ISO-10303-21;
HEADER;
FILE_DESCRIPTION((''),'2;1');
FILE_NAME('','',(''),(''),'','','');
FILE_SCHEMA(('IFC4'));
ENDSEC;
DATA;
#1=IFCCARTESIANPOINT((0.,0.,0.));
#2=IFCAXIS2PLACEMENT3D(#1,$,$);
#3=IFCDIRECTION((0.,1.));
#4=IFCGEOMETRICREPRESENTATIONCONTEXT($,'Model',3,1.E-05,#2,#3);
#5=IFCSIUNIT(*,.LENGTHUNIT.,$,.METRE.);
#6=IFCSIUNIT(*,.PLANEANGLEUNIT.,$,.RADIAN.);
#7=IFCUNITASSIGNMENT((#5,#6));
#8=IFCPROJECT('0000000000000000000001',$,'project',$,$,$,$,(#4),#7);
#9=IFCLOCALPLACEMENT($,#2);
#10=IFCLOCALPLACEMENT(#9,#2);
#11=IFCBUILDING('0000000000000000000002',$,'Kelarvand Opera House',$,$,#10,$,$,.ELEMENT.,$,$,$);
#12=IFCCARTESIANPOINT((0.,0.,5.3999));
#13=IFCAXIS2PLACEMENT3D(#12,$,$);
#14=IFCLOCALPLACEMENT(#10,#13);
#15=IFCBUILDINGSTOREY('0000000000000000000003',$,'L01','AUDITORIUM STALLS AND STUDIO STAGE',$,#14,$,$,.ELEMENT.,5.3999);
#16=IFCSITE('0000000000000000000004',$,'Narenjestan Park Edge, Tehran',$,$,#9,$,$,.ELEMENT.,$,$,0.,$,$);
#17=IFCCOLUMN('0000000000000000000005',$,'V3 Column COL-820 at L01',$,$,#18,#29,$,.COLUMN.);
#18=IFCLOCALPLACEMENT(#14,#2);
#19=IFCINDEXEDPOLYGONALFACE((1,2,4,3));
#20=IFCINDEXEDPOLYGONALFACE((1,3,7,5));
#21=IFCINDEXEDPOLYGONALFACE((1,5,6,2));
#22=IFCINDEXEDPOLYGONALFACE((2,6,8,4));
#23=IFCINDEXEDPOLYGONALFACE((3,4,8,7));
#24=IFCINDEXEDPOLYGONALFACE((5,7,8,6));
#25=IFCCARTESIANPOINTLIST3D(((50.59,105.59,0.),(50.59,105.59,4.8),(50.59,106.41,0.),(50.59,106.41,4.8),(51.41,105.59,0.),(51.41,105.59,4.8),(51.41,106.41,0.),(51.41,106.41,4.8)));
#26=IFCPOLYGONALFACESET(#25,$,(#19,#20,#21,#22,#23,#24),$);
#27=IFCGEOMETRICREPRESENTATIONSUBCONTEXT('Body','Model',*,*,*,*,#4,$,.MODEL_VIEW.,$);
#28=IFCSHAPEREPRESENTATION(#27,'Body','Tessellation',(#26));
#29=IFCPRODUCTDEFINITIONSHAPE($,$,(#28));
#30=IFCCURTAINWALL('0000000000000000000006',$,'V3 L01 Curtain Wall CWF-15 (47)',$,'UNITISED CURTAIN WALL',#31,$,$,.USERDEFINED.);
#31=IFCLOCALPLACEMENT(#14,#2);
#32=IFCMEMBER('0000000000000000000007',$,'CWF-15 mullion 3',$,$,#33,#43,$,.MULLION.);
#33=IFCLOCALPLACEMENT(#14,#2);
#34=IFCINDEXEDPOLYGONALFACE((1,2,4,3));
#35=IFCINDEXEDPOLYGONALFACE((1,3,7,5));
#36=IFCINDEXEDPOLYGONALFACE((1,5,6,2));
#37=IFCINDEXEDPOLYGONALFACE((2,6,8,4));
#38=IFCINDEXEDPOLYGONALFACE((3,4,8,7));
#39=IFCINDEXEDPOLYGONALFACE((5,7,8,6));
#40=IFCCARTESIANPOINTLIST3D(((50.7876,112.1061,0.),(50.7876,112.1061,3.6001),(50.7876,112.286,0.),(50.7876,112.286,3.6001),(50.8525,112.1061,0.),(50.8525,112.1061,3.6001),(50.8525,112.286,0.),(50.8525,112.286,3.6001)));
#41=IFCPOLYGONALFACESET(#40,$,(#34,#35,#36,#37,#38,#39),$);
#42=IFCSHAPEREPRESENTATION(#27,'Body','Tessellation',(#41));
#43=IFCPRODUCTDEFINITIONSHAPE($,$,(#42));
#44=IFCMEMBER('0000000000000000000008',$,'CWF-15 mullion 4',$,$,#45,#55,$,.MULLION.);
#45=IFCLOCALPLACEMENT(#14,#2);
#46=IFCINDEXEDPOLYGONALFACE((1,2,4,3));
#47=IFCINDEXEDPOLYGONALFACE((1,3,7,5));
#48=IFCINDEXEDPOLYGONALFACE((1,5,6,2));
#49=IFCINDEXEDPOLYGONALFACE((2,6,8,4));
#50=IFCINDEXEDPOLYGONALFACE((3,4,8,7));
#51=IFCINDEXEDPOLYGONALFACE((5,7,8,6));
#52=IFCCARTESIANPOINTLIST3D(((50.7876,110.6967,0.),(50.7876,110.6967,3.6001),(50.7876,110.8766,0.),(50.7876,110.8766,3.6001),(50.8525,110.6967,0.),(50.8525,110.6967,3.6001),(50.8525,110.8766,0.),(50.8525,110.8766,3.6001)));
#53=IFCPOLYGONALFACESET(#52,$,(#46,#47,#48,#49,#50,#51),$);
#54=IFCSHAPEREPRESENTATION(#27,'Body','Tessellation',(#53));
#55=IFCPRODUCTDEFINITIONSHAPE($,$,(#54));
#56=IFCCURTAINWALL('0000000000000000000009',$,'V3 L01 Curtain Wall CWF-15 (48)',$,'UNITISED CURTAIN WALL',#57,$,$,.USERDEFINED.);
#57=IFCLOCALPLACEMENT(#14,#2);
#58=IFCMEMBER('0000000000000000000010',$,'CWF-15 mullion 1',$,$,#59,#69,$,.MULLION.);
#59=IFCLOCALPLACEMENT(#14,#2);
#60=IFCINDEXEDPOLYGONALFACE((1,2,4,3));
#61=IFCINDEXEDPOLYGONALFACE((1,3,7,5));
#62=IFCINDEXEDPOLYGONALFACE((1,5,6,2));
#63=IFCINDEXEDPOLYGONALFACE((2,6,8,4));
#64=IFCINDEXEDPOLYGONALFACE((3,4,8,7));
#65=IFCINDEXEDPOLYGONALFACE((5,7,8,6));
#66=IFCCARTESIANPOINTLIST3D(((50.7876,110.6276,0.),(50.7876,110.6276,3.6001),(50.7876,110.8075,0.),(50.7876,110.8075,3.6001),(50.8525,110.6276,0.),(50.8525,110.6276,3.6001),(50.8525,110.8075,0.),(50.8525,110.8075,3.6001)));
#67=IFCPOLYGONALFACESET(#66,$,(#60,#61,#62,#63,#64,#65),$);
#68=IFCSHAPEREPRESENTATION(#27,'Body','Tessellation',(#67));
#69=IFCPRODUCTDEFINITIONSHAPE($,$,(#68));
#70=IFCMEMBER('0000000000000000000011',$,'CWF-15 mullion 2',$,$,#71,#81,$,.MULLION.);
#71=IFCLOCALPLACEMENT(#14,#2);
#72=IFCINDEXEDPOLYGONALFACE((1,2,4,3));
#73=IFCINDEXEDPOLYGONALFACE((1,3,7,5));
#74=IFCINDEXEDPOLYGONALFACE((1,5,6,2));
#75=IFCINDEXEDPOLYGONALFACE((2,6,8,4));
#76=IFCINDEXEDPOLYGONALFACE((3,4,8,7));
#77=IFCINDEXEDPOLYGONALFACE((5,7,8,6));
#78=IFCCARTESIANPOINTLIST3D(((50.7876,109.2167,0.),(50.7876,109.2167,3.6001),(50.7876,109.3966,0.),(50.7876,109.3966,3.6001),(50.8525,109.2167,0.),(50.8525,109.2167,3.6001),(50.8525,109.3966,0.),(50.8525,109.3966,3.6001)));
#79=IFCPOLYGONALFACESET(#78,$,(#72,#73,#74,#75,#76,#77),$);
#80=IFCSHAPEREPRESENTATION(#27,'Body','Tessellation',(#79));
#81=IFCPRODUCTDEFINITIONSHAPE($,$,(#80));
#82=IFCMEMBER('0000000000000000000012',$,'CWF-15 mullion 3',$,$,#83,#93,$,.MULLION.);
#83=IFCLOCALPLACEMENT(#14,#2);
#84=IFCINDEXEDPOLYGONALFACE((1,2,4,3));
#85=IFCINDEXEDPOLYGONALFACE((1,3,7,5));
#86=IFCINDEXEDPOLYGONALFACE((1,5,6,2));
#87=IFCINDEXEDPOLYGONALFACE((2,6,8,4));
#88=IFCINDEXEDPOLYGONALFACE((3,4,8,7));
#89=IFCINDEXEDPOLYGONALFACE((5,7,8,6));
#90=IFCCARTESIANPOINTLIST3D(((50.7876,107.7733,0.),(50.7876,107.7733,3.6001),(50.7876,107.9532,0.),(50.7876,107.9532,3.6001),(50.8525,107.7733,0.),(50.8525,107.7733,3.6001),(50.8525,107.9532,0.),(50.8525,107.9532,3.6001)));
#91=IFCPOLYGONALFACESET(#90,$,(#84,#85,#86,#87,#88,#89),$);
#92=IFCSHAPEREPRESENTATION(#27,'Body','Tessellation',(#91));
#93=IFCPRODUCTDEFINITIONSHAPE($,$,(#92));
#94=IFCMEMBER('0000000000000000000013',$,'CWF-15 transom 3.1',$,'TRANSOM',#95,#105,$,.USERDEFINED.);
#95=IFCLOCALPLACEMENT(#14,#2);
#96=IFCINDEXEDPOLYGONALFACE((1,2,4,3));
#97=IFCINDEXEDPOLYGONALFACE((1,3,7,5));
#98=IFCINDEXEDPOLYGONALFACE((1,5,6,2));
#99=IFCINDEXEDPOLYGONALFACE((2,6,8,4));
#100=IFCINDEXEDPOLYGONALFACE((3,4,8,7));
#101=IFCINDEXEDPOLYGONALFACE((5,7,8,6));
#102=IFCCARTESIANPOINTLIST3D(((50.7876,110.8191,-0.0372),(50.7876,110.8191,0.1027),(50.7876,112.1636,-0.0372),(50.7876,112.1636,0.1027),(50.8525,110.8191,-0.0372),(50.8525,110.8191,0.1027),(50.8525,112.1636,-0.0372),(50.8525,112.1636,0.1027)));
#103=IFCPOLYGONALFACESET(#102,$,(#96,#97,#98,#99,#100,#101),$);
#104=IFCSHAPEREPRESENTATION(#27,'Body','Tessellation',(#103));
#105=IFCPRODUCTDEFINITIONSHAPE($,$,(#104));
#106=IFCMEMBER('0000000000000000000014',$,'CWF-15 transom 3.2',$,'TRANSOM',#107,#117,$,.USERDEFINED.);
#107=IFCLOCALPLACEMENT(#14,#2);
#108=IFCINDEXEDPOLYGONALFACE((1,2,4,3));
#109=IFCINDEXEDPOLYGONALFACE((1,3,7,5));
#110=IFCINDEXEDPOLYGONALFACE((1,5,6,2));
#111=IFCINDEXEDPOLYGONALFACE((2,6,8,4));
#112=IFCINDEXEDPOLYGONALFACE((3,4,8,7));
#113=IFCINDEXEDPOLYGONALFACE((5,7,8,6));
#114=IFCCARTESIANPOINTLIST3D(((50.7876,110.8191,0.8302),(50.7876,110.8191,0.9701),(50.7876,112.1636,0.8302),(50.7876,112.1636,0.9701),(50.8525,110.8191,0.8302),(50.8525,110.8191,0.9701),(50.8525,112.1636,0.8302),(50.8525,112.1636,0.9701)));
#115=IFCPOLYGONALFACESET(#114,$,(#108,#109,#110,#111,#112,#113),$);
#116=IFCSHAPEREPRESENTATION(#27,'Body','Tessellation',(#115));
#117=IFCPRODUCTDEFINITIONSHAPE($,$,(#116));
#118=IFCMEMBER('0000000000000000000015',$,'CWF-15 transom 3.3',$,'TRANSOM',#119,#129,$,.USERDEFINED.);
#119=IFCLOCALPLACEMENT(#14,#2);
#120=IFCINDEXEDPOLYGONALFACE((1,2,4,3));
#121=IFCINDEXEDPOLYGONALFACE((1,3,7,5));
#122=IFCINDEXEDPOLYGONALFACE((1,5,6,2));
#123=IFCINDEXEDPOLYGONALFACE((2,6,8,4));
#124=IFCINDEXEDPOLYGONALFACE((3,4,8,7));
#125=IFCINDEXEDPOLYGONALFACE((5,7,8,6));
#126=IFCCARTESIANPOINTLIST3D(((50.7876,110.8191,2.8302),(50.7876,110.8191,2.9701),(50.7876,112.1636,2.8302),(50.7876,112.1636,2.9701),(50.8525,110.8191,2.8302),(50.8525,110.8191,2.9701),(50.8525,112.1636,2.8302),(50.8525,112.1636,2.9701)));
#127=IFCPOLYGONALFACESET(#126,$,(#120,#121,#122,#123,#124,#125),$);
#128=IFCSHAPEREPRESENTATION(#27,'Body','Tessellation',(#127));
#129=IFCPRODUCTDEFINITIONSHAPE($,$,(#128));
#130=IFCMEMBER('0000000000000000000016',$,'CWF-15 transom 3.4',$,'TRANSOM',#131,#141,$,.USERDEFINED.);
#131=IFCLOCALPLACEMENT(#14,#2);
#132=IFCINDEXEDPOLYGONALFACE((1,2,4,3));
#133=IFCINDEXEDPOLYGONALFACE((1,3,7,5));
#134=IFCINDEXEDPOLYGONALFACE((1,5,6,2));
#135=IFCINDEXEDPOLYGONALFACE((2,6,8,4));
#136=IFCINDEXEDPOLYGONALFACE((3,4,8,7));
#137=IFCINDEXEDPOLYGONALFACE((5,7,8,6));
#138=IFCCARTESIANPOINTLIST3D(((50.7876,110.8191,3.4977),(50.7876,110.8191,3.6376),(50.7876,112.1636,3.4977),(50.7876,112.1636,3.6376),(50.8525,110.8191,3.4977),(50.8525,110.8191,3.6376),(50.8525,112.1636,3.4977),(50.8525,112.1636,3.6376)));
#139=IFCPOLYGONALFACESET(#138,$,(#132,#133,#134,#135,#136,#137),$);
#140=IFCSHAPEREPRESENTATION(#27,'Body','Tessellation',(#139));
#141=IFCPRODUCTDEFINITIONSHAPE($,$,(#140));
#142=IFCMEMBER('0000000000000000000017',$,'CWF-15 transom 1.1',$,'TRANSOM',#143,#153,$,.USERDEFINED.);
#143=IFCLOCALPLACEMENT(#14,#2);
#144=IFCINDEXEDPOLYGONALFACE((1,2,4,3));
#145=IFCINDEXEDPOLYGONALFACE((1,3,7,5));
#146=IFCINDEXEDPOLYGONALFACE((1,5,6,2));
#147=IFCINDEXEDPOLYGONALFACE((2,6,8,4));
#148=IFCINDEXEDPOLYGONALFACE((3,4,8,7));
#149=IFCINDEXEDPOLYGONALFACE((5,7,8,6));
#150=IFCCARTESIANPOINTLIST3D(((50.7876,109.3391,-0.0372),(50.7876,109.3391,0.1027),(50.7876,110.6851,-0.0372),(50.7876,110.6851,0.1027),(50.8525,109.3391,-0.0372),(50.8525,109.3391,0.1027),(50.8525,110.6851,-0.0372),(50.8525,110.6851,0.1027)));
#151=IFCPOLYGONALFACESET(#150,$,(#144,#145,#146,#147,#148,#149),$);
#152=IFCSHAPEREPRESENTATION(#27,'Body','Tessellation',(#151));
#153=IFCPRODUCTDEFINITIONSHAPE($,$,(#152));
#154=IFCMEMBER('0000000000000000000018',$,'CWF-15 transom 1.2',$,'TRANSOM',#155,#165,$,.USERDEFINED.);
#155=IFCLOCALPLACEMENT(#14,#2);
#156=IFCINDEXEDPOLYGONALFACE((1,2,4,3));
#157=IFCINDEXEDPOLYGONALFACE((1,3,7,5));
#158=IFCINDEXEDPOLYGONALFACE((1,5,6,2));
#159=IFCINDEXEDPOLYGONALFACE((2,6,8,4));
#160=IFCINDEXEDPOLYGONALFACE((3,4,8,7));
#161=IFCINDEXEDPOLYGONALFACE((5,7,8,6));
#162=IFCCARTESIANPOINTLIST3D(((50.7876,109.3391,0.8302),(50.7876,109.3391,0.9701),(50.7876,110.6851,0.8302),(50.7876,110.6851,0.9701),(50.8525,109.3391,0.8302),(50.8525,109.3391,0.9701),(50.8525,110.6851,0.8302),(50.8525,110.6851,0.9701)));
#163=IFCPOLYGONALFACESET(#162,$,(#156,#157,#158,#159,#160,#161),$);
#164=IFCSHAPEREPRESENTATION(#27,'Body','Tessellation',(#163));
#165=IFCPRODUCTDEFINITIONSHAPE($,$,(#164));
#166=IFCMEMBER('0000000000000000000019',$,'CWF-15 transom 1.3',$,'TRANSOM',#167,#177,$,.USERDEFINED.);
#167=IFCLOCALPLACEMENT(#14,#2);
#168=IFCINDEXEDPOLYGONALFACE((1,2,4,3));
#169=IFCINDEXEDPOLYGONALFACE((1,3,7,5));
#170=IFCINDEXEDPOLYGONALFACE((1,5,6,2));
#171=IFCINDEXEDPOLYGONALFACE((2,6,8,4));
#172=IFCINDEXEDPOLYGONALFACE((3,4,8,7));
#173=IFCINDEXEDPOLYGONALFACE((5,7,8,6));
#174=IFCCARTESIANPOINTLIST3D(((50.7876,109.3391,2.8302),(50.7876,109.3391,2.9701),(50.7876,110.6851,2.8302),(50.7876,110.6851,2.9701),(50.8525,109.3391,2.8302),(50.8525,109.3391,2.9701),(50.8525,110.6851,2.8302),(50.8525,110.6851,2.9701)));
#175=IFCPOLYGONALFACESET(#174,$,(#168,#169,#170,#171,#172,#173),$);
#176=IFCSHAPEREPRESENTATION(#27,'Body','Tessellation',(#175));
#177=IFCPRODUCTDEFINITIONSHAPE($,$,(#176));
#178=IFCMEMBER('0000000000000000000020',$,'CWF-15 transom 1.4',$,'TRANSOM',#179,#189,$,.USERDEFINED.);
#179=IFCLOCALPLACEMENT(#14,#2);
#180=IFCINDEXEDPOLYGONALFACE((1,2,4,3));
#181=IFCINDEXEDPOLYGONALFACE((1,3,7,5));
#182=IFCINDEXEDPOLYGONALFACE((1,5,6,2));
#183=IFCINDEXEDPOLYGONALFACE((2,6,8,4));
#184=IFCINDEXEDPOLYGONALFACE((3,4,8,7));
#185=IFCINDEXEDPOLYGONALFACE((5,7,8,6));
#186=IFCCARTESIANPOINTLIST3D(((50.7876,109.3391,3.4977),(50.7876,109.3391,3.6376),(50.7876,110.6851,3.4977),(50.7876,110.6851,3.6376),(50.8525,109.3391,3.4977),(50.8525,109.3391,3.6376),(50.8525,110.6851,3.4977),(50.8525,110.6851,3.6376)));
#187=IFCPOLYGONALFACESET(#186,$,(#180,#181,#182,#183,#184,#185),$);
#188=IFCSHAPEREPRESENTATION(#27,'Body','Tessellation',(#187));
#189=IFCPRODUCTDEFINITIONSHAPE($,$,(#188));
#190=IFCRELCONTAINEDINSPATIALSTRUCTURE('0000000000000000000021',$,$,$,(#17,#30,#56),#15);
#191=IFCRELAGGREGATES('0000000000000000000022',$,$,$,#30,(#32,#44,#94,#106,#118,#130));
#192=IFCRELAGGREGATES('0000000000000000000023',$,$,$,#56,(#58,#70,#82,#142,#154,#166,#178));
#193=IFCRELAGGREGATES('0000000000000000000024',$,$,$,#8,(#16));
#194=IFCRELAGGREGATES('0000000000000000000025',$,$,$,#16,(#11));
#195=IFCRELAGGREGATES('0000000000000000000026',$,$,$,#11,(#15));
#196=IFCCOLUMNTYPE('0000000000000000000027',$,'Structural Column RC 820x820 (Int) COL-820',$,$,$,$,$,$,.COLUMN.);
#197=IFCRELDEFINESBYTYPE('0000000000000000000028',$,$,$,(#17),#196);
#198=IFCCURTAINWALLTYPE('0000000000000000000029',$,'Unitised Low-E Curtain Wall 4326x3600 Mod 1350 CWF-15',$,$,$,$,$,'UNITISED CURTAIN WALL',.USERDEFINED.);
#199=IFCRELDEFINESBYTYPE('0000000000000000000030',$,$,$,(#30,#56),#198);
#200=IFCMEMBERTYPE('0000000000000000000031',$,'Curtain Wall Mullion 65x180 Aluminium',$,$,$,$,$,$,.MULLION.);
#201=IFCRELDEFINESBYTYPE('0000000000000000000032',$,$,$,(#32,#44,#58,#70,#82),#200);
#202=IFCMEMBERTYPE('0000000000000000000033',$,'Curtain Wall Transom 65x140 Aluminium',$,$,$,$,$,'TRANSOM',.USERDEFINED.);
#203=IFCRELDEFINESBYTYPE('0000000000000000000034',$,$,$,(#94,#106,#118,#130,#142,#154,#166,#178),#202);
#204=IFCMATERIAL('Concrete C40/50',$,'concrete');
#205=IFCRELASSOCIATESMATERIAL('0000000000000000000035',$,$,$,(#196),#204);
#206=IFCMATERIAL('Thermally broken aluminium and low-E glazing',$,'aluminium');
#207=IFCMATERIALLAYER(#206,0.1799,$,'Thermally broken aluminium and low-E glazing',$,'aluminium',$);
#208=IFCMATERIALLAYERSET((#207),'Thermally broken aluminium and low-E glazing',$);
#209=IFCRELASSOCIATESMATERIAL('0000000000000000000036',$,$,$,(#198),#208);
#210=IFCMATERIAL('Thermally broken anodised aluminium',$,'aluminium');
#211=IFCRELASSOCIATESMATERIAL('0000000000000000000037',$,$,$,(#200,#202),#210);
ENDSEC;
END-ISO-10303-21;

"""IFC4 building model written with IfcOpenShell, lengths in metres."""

from ifc_helpers import new_model, si_unit, direction, frame, origin, origin_2d, place, context, subcontext, project, spatial, rectangle, extrude, material, layer, layer_set, material_profile, profile_set, type_object, element, aggregate, save


model = new_model("IFC4")

# Units and contexts
model_context = context("Model", 3, precision=1e-05, world=origin(), true_north=direction((0.0, 1.0)))
body_context = subcontext(model_context, "Body", "Model", "MODEL_VIEW")
ifc_project = project(units=[si_unit("LENGTHUNIT", "METRE"), si_unit("PLANEANGLEUNIT", "RADIAN")], contexts=[model_context])

# Site, building, storey
site_placement = place(None, origin())
site = spatial("IfcSite", under=ifc_project, at=site_placement, Name="Narenjestan Park Edge, Tehran", CompositionType="ELEMENT", RefElevation=0.0)
building_placement = place(site_placement, origin())
building = spatial("IfcBuilding", under=site, at=building_placement, Name="Kelarvand Opera House", CompositionType="ELEMENT")
storey_placement = place(building_placement, frame((0.0, 0.0, 5.3999)))
storey = spatial("IfcBuildingStorey", under=building, at=storey_placement, Name="L01", Description="AUDITORIUM STALLS AND STUDIO STAGE", CompositionType="ELEMENT", Elevation=5.3999)

# Column
ifc_material_1 = material(Name="Concrete C40/50", Category="concrete")
ifc_material_profile_1 = material_profile(ifc_material_1, rectangle(XDim=0.8201, YDim=0.8201, at=origin_2d()), Name="RC 820x820", Category="concrete")
ifc_profile_set_1 = profile_set([ifc_material_profile_1], Name="Concrete C40/50")
column_type = type_object("IfcColumnType", Name="Structural Column RC 820x820 (Int) COL-820", PredefinedType="COLUMN", material=ifc_profile_set_1)
column_placement = place(storey_placement, frame((51.0, 106.0, 0.0), z_axis=(0.0, 0.0, 1.0), x_axis=(1.0, 0.0, 0.0)))
element("IfcColumn", 1, at=column_placement, inside=storey, type_object=column_type, Name="V3 Column COL-820 at L01", PredefinedType="COLUMN", context=body_context, shape_type="SweptSolid", body=[
    extrude(rectangle(XDim=0.8201, YDim=0.8201, at=origin_2d()), origin(), (0.0, 0.0, 1.0), 4.8),
])

# Curtain walls, members
ifc_material_2 = material(Name="Thermally broken aluminium and low-E glazing", Category="aluminium")
ifc_layer_1 = layer(ifc_material_2, 0.1799, Name="Thermally broken aluminium and low-E glazing", Category="aluminium")
ifc_layer_set_1 = layer_set([ifc_layer_1], Name="Thermally broken aluminium and low-E glazing")
curtain_wall_type = type_object("IfcCurtainWallType", Name="Unitised Low-E Curtain Wall 4326x3600 Mod 1350 CWF-15", ElementType="UNITISED CURTAIN WALL", PredefinedType="USERDEFINED", material=ifc_layer_set_1)
curtain_wall_1_placement = place(storey_placement, origin())
curtain_wall_1 = element("IfcCurtainWall", 2, at=curtain_wall_1_placement, inside=storey, type_object=curtain_wall_type, Name="V3 L01 Curtain Wall CWF-15 (47)", ObjectType="UNITISED CURTAIN WALL", PredefinedType="USERDEFINED")
ifc_material_3 = material(Name="Thermally broken anodised aluminium", Category="aluminium")
ifc_material_profile_2 = material_profile(ifc_material_3, rectangle(XDim=0.0649, YDim=0.1799, at=origin_2d()), Name="ALU MULLION 65x180", Category="aluminium")
ifc_profile_set_2 = profile_set([ifc_material_profile_2], Name="Thermally broken anodised aluminium")
member_type_1 = type_object("IfcMemberType", Name="Curtain Wall Mullion 65x180 Aluminium", PredefinedType="MULLION", material=ifc_profile_set_2)
member_1_placement = place(storey_placement, frame((50.8201, 112.196, 0.0), z_axis=(0.0, 0.0, 1.0), x_axis=(1.0, 0.0, 0.0)))
member_1 = element("IfcMember", 3, at=member_1_placement, type_object=member_type_1, Name="CWF-15 mullion 3", PredefinedType="MULLION", context=body_context, shape_type="SweptSolid", body=[
    extrude(rectangle(XDim=0.0649, YDim=0.1799, at=origin_2d()), origin(), (0.0, 0.0, 1.0), 3.6001),
])
member_2_placement = place(storey_placement, frame((50.8201, 110.7866, 0.0), z_axis=(0.0, 0.0, 1.0), x_axis=(1.0, 0.0, 0.0)))
member_2 = element("IfcMember", 4, at=member_2_placement, type_object=member_type_1, Name="CWF-15 mullion 4", PredefinedType="MULLION", context=body_context, shape_type="SweptSolid", body=[
    extrude(rectangle(XDim=0.0649, YDim=0.1799, at=origin_2d()), origin(), (0.0, 0.0, 1.0), 3.6001),
])
curtain_wall_2_placement = place(storey_placement, origin())
curtain_wall_2 = element("IfcCurtainWall", 5, at=curtain_wall_2_placement, inside=storey, type_object=curtain_wall_type, Name="V3 L01 Curtain Wall CWF-15 (48)", ObjectType="UNITISED CURTAIN WALL", PredefinedType="USERDEFINED")
member_3_placement = place(storey_placement, frame((50.8201, 110.7175, 0.0), z_axis=(0.0, 0.0, 1.0), x_axis=(1.0, 0.0, 0.0)))
member_3 = element("IfcMember", 6, at=member_3_placement, type_object=member_type_1, Name="CWF-15 mullion 1", PredefinedType="MULLION", context=body_context, shape_type="SweptSolid", body=[
    extrude(rectangle(XDim=0.0649, YDim=0.1799, at=origin_2d()), origin(), (0.0, 0.0, 1.0), 3.6001),
])
member_4_placement = place(storey_placement, frame((50.8201, 109.3066, 0.0), z_axis=(0.0, 0.0, 1.0), x_axis=(1.0, 0.0, 0.0)))
member_4 = element("IfcMember", 7, at=member_4_placement, type_object=member_type_1, Name="CWF-15 mullion 2", PredefinedType="MULLION", context=body_context, shape_type="SweptSolid", body=[
    extrude(rectangle(XDim=0.0649, YDim=0.1799, at=origin_2d()), origin(), (0.0, 0.0, 1.0), 3.6001),
])
member_5_placement = place(storey_placement, frame((50.8201, 107.8633, 0.0), z_axis=(0.0, 0.0, 1.0), x_axis=(1.0, 0.0, 0.0)))
member_5 = element("IfcMember", 8, at=member_5_placement, type_object=member_type_1, Name="CWF-15 mullion 3", PredefinedType="MULLION", context=body_context, shape_type="SweptSolid", body=[
    extrude(rectangle(XDim=0.0649, YDim=0.1799, at=origin_2d()), origin(), (0.0, 0.0, 1.0), 3.6001),
])

# Members
ifc_material_profile_3 = material_profile(ifc_material_3, rectangle(XDim=0.0649, YDim=0.1399, at=origin_2d()), Name="ALU TRANSOM 65x140", Category="aluminium")
ifc_profile_set_3 = profile_set([ifc_material_profile_3], Name="Thermally broken anodised aluminium")
member_type_2 = type_object("IfcMemberType", Name="Curtain Wall Transom 65x140 Aluminium", ElementType="TRANSOM", PredefinedType="USERDEFINED", material=ifc_profile_set_3)
member_6_placement = place(storey_placement, frame((50.8201, 112.1636, 0.0327), z_axis=(0.0, -1.0, 0.0), x_axis=(1.0, 0.0, 0.0)))
member_6 = element("IfcMember", 9, at=member_6_placement, type_object=member_type_2, Name="CWF-15 transom 3.1", ObjectType="TRANSOM", PredefinedType="USERDEFINED", context=body_context, shape_type="SweptSolid", body=[
    extrude(rectangle(XDim=0.0649, YDim=0.1399, at=origin_2d()), origin(), (0.0, 0.0, 1.0), 1.3445),
])
member_7_placement = place(storey_placement, frame((50.8201, 112.1636, 0.9001), z_axis=(0.0, -1.0, 0.0), x_axis=(1.0, 0.0, 0.0)))
member_7 = element("IfcMember", 10, at=member_7_placement, type_object=member_type_2, Name="CWF-15 transom 3.2", ObjectType="TRANSOM", PredefinedType="USERDEFINED", context=body_context, shape_type="SweptSolid", body=[
    extrude(rectangle(XDim=0.0649, YDim=0.1399, at=origin_2d()), origin(), (0.0, 0.0, 1.0), 1.3445),
])
member_8_placement = place(storey_placement, frame((50.8201, 112.1636, 2.9001), z_axis=(0.0, -1.0, 0.0), x_axis=(1.0, 0.0, 0.0)))
member_8 = element("IfcMember", 11, at=member_8_placement, type_object=member_type_2, Name="CWF-15 transom 3.3", ObjectType="TRANSOM", PredefinedType="USERDEFINED", context=body_context, shape_type="SweptSolid", body=[
    extrude(rectangle(XDim=0.0649, YDim=0.1399, at=origin_2d()), origin(), (0.0, 0.0, 1.0), 1.3445),
])
member_9_placement = place(storey_placement, frame((50.8201, 112.1636, 3.5676), z_axis=(0.0, -1.0, 0.0), x_axis=(1.0, 0.0, 0.0)))
member_9 = element("IfcMember", 12, at=member_9_placement, type_object=member_type_2, Name="CWF-15 transom 3.4", ObjectType="TRANSOM", PredefinedType="USERDEFINED", context=body_context, shape_type="SweptSolid", body=[
    extrude(rectangle(XDim=0.0649, YDim=0.1399, at=origin_2d()), origin(), (0.0, 0.0, 1.0), 1.3445),
])
member_10_placement = place(storey_placement, frame((50.8201, 110.6851, 0.0327), z_axis=(0.0, -1.0, 0.0), x_axis=(1.0, 0.0, 0.0)))
member_10 = element("IfcMember", 13, at=member_10_placement, type_object=member_type_2, Name="CWF-15 transom 1.1", ObjectType="TRANSOM", PredefinedType="USERDEFINED", context=body_context, shape_type="SweptSolid", body=[
    extrude(rectangle(XDim=0.0649, YDim=0.1399, at=origin_2d()), origin(), (0.0, 0.0, 1.0), 1.3459),
])
member_11_placement = place(storey_placement, frame((50.8201, 110.6851, 0.9001), z_axis=(0.0, -1.0, 0.0), x_axis=(1.0, 0.0, 0.0)))
member_11 = element("IfcMember", 14, at=member_11_placement, type_object=member_type_2, Name="CWF-15 transom 1.2", ObjectType="TRANSOM", PredefinedType="USERDEFINED", context=body_context, shape_type="SweptSolid", body=[
    extrude(rectangle(XDim=0.0649, YDim=0.1399, at=origin_2d()), origin(), (0.0, 0.0, 1.0), 1.3459),
])
member_12_placement = place(storey_placement, frame((50.8201, 110.6851, 2.9001), z_axis=(0.0, -1.0, 0.0), x_axis=(1.0, 0.0, 0.0)))
member_12 = element("IfcMember", 15, at=member_12_placement, type_object=member_type_2, Name="CWF-15 transom 1.3", ObjectType="TRANSOM", PredefinedType="USERDEFINED", context=body_context, shape_type="SweptSolid", body=[
    extrude(rectangle(XDim=0.0649, YDim=0.1399, at=origin_2d()), origin(), (0.0, 0.0, 1.0), 1.3459),
])
member_13_placement = place(storey_placement, frame((50.8201, 110.6851, 3.5676), z_axis=(0.0, -1.0, 0.0), x_axis=(1.0, 0.0, 0.0)))
member_13 = element("IfcMember", 16, at=member_13_placement, type_object=member_type_2, Name="CWF-15 transom 1.4", ObjectType="TRANSOM", PredefinedType="USERDEFINED", context=body_context, shape_type="SweptSolid", body=[
    extrude(rectangle(XDim=0.0649, YDim=0.1399, at=origin_2d()), origin(), (0.0, 0.0, 1.0), 1.3459),
])

aggregate(curtain_wall_1, [member_1, member_2, member_6, member_7, member_8, member_9])
aggregate(curtain_wall_2, [member_3, member_4, member_5, member_10, member_11, member_12, member_13])

save(model, "model.ifc")
